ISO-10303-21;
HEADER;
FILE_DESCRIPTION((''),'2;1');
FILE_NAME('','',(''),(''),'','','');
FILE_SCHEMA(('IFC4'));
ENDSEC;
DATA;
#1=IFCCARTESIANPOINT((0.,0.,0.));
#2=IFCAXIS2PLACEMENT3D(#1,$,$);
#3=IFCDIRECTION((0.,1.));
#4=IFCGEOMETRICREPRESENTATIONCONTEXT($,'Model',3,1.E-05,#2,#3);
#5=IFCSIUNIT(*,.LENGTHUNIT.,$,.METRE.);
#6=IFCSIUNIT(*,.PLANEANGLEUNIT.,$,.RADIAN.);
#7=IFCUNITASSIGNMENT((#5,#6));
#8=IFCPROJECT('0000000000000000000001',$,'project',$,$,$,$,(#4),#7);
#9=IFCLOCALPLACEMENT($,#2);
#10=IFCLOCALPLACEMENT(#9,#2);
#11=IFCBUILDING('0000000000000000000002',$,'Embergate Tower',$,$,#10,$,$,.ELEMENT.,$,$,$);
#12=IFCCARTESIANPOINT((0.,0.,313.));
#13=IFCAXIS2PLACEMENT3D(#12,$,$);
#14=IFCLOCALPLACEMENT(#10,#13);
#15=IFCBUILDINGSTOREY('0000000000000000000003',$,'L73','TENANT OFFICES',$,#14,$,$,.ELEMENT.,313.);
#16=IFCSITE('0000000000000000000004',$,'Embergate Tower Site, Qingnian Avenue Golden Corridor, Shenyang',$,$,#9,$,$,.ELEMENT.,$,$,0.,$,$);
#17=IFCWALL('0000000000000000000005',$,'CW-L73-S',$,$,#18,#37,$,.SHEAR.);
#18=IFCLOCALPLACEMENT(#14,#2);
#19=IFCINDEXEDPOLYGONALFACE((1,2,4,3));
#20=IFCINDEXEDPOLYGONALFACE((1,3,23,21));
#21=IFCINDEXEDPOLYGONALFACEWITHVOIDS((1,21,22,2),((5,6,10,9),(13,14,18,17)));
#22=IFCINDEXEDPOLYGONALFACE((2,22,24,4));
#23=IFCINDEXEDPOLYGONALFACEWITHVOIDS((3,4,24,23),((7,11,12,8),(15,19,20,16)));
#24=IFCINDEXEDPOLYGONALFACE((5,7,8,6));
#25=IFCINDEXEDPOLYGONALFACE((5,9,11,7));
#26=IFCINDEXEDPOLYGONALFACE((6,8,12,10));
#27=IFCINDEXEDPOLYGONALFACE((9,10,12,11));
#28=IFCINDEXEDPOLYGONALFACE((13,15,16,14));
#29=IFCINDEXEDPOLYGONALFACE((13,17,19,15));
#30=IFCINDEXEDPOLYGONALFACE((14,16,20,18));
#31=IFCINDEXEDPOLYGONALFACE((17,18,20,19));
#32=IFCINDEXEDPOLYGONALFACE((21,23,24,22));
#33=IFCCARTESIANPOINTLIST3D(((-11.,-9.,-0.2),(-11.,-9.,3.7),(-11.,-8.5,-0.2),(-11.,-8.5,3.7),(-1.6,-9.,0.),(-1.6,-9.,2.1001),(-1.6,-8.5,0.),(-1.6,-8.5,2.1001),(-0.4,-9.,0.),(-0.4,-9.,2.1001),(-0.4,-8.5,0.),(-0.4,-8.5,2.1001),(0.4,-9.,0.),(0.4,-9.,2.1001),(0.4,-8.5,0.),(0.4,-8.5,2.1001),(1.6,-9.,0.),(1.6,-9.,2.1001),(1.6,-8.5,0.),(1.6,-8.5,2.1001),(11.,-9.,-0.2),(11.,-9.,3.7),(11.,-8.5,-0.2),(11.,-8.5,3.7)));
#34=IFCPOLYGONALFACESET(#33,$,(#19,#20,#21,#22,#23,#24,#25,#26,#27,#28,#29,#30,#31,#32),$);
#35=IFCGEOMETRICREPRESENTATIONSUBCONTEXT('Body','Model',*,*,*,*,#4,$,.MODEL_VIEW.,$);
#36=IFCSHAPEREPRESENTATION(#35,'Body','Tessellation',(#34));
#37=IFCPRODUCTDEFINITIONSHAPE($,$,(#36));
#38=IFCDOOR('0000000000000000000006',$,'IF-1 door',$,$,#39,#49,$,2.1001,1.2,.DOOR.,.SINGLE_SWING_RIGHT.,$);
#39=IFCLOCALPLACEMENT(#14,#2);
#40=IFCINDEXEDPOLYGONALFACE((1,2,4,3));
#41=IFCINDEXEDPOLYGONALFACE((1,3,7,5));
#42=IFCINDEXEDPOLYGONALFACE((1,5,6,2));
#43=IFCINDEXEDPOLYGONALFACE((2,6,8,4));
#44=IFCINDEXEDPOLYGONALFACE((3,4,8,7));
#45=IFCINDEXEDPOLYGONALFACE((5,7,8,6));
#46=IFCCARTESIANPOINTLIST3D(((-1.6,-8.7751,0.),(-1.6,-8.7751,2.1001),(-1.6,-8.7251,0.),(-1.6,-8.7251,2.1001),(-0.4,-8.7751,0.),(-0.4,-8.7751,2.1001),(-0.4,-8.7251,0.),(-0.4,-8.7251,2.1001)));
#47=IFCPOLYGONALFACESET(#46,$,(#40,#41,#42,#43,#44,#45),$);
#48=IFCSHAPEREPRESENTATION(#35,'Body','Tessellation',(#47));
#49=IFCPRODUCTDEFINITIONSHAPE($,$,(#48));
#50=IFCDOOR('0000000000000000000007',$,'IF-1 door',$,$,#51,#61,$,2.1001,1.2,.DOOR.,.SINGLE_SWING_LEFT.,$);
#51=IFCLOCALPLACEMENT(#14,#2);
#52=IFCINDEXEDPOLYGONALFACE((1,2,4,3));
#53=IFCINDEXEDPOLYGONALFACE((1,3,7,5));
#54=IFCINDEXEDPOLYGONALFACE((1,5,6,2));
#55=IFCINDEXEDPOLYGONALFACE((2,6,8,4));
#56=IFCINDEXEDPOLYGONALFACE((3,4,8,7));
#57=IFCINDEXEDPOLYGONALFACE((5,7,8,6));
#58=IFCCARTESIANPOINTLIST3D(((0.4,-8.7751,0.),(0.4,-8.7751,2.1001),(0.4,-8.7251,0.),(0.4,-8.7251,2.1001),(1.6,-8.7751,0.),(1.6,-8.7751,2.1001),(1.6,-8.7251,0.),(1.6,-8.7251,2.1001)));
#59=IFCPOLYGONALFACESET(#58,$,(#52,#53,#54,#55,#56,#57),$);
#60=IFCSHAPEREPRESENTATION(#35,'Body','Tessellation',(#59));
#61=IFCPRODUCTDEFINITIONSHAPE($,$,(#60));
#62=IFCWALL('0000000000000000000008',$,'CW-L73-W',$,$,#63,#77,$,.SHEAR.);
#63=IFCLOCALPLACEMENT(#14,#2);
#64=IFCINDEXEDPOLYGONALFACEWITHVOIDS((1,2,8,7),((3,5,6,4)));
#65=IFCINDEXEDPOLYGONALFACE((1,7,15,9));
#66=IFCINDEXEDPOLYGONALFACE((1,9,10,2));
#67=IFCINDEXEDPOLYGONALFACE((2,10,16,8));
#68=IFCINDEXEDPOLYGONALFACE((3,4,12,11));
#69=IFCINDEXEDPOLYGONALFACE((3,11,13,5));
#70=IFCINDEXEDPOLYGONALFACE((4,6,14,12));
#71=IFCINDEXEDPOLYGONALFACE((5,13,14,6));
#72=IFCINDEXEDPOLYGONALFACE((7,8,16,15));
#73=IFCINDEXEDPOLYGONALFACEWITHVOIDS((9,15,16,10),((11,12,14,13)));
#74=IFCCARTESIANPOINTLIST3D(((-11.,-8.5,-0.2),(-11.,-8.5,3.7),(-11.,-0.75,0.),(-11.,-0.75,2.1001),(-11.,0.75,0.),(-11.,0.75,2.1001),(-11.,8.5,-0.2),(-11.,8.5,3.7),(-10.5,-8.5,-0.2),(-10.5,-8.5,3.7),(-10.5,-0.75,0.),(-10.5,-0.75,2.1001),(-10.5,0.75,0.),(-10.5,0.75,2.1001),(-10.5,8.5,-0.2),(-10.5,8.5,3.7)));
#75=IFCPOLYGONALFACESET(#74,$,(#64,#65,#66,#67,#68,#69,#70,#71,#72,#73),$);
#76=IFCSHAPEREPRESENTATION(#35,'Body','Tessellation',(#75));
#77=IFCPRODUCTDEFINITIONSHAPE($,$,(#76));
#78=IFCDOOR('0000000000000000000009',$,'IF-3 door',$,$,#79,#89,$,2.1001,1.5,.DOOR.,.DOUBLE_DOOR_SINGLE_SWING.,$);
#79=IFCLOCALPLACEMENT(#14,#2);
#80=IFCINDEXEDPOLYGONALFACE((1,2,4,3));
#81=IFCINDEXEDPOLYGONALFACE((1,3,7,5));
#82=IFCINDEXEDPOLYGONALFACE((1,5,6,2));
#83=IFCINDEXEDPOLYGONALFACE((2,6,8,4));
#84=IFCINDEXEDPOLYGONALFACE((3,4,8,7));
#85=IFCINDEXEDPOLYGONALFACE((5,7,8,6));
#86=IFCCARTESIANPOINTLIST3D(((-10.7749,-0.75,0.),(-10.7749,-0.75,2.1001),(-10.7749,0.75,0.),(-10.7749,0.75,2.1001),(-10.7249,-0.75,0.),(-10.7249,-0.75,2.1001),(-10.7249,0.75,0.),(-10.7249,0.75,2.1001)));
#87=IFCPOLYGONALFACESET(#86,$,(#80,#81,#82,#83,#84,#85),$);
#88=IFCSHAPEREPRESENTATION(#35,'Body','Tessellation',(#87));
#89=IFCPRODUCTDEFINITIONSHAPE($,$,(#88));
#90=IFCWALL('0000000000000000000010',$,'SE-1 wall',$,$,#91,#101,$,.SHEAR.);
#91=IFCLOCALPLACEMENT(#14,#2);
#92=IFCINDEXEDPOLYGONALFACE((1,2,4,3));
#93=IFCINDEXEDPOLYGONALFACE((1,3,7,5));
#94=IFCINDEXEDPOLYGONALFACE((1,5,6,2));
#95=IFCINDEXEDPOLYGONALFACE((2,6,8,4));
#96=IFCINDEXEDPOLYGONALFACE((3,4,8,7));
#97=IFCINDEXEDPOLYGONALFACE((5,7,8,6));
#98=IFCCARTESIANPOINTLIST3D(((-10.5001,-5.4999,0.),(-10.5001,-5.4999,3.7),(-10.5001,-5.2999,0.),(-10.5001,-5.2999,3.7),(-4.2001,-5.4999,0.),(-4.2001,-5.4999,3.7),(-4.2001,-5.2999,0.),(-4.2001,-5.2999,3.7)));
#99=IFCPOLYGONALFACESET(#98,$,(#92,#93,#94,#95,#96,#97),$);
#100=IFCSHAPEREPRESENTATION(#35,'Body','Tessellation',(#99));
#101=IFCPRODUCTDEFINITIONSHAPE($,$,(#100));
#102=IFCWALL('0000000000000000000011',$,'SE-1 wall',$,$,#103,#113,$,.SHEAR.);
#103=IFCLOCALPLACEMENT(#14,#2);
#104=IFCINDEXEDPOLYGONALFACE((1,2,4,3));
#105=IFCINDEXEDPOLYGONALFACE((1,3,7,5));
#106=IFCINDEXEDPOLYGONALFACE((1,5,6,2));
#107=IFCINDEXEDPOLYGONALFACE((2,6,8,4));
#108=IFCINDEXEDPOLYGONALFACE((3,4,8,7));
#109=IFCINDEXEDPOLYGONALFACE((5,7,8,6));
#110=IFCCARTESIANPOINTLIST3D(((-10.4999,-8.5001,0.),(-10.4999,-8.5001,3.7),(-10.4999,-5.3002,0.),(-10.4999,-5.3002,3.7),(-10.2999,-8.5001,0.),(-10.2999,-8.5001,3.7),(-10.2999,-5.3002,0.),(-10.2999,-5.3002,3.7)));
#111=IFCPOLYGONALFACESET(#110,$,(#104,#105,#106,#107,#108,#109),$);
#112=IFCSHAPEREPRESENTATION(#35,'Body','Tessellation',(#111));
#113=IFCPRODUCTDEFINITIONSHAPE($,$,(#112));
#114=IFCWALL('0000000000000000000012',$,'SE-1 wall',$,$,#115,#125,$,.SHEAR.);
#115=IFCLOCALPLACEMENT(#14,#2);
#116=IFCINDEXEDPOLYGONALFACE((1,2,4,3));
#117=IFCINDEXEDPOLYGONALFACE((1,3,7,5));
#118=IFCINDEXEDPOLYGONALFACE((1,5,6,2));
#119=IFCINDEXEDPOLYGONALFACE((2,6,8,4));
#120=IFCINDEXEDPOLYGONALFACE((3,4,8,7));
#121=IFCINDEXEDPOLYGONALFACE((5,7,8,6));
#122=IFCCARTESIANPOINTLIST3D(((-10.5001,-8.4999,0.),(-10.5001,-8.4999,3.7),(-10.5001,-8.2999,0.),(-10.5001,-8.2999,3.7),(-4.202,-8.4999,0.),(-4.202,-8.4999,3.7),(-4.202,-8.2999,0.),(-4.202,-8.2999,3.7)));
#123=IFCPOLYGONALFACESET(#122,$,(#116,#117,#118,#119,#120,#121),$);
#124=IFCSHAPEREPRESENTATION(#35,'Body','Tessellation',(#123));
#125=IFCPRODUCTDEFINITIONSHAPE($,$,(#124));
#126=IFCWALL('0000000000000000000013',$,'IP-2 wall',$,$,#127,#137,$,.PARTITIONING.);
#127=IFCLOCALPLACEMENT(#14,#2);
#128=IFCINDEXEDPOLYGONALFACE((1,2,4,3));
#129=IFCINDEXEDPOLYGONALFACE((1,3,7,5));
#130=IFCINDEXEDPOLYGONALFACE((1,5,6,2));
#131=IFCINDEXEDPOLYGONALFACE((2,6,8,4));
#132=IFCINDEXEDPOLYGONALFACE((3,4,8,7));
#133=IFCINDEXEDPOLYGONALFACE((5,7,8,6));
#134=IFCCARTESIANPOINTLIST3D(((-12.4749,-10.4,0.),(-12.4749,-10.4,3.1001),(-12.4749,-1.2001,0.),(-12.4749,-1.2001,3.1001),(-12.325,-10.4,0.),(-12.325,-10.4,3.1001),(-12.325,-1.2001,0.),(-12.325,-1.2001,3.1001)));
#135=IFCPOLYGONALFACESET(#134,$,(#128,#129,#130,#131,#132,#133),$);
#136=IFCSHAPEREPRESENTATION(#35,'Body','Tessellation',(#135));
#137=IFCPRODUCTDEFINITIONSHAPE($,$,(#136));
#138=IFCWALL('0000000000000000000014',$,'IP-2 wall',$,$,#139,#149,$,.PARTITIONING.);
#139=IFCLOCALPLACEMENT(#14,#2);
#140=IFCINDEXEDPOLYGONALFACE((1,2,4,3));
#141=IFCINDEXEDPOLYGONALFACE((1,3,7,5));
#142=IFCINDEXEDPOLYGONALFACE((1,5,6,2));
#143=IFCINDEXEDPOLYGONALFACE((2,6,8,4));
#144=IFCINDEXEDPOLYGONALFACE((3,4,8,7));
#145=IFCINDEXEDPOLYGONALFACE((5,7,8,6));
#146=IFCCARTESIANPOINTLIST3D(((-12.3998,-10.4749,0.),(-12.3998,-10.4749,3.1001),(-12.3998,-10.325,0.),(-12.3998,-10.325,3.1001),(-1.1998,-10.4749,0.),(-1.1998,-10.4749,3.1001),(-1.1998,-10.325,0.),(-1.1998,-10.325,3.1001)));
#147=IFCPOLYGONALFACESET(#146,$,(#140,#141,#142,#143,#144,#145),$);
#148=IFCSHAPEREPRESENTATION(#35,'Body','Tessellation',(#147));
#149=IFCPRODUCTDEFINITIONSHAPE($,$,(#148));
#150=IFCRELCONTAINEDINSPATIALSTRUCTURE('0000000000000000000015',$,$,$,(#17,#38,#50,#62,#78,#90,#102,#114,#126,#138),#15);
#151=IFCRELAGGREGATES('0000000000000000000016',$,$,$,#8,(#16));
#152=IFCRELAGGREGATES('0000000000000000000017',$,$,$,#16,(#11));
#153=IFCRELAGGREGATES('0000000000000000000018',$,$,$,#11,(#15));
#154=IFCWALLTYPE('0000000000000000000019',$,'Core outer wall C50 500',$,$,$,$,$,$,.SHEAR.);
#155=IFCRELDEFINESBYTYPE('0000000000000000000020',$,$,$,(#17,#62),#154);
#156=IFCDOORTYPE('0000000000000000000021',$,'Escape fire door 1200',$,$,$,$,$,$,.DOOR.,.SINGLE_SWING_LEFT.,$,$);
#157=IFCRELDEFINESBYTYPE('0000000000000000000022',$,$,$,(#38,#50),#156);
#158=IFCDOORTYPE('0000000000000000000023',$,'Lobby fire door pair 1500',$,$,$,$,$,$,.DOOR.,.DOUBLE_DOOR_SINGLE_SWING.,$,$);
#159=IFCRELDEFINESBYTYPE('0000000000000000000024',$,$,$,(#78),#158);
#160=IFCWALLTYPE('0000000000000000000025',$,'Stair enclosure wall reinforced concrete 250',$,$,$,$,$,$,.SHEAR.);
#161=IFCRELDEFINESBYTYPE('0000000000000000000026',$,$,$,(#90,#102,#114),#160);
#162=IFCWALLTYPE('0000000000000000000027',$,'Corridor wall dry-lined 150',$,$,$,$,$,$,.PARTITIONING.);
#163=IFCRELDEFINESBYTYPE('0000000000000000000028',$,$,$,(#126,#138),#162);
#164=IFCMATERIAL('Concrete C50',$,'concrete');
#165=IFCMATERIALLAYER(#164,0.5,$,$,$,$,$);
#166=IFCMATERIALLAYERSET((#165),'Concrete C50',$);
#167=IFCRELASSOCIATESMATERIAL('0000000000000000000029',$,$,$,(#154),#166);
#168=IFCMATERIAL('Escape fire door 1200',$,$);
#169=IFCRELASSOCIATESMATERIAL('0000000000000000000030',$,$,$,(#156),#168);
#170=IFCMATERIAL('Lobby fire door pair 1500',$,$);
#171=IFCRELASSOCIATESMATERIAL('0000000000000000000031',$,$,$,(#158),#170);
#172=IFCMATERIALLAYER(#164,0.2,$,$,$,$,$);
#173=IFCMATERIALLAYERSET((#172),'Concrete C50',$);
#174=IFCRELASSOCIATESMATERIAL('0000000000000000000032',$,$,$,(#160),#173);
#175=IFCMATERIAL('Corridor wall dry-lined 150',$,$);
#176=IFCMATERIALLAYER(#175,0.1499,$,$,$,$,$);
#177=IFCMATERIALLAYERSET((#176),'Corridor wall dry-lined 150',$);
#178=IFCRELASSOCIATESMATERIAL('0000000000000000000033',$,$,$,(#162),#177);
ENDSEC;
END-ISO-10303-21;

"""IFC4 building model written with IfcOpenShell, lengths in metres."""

from ifc_helpers import new_model, si_unit, direction, frame, frame_2d, origin, place, context, subcontext, project, spatial, rectangle, extrude, source, transform, mapped, material, layer, layer_set, type_object, element, fill, save


model = new_model("IFC4")

# Units and contexts
model_context = context("Model", 3, precision=1e-05, world=origin(), true_north=direction((0.0, 1.0)))
body_context = subcontext(model_context, "Body", "Model", "MODEL_VIEW")
ifc_project = project(units=[si_unit("LENGTHUNIT", "METRE"), si_unit("PLANEANGLEUNIT", "RADIAN")], contexts=[model_context])

# Site, building, storey
site_placement = place(None, origin())
site = spatial("IfcSite", under=ifc_project, at=site_placement, Name="Embergate Tower Site, Qingnian Avenue Golden Corridor, Shenyang", CompositionType="ELEMENT", RefElevation=0.0)
building_placement = place(site_placement, origin())
building = spatial("IfcBuilding", under=site, at=building_placement, Name="Embergate Tower", CompositionType="ELEMENT")
storey_placement = place(building_placement, frame((0.0, 0.0, 313.0)))
storey = spatial("IfcBuildingStorey", under=building, at=storey_placement, Name="L73", Description="TENANT OFFICES", CompositionType="ELEMENT", Elevation=313.0)

# Wall, openings, doors
ifc_material_1 = material(Name="Concrete C50", Category="concrete")
ifc_layer_1 = layer(ifc_material_1, 0.5)
ifc_layer_set_1 = layer_set([ifc_layer_1], Name="Concrete C50")
wall_type_1 = type_object("IfcWallType", Name="Core outer wall C50 500", PredefinedType="SHEAR", material=ifc_layer_set_1)
shared_shape_1 = source(origin(), body_context, "Body", "SweptSolid", [
    extrude(rectangle(XDim=22.0, YDim=0.5, at=frame_2d((11.0, 0.0))), origin(), (0.0, 0.0, 1.0), 3.8999),
])
wall_1_placement = place(storey_placement, frame((-11.0, -8.75, -0.2), z_axis=(0.0, 0.0, 1.0), x_axis=(1.0, 0.0, 0.0)))
wall_1 = element("IfcWall", 1, at=wall_1_placement, inside=storey, type_object=wall_type_1, Name="CW-L73-S", PredefinedType="SHEAR", context=body_context, shape_type="MappedRepresentation", body=[
    mapped(shared_shape_1, transform((0.0, 0.0, 0.0))),
])
shared_shape_2 = source(origin(), body_context, "Body", "SweptSolid", [
    extrude(rectangle(XDim=1.2, YDim=2.1001, at=frame_2d((0.6001, 1.05))), frame((0.0, 0.26, 0.0), z_axis=(0.0, -1.0, 0.0), x_axis=(1.0, 0.0, 0.0)), (0.0, 0.0, 1.0), 0.52),
])
opening_1_placement = place(wall_1_placement, frame((9.3999, 0.0, 0.2)))
opening_1 = element("IfcOpeningElement", 2, at=opening_1_placement, cuts=wall_1, PredefinedType="OPENING", context=body_context, shape_type="MappedRepresentation", body=[
    mapped(shared_shape_2, transform((0.0, 0.0, 0.0))),
])
opening_2_placement = place(wall_1_placement, frame((11.3999, 0.0, 0.2)))
opening_2 = element("IfcOpeningElement", 3, at=opening_2_placement, cuts=wall_1, PredefinedType="OPENING", context=body_context, shape_type="MappedRepresentation", body=[
    mapped(shared_shape_2, transform((0.0, 0.0, 0.0))),
])
ifc_material_2 = material(Name="Escape fire door 1200")
door_type_1 = type_object("IfcDoorType", Name="Escape fire door 1200", OperationType="SINGLE_SWING_LEFT", PredefinedType="DOOR", material=ifc_material_2)
shared_shape_3 = source(origin(), body_context, "Body", "SweptSolid", [
    extrude(rectangle(XDim=1.2, YDim=2.1001, at=frame_2d((0.6001, 1.05))), frame((0.0, 0.0249, 0.0), z_axis=(0.0, -1.0, 0.0), x_axis=(1.0, 0.0, 0.0)), (0.0, 0.0, 1.0), 0.05),
])
door_1_placement = place(opening_1_placement, origin())
door_1 = element("IfcDoor", 4, at=door_1_placement, inside=storey, type_object=door_type_1, Name="IF-1 door", OperationType="SINGLE_SWING_RIGHT", OverallHeight=2.1001, OverallWidth=1.2, PredefinedType="DOOR", context=body_context, shape_type="MappedRepresentation", body=[
    mapped(shared_shape_3, transform((0.0, 0.0, 0.0))),
])
fill(opening_1, door_1)
door_2_placement = place(opening_2_placement, origin())
door_2 = element("IfcDoor", 5, at=door_2_placement, inside=storey, type_object=door_type_1, Name="IF-1 door", OperationType="SINGLE_SWING_LEFT", OverallHeight=2.1001, OverallWidth=1.2, PredefinedType="DOOR", context=body_context, shape_type="MappedRepresentation", body=[
    mapped(shared_shape_3, transform((0.0, 0.0, 0.0))),
])
fill(opening_2, door_2)

# Wall, opening, door
shared_shape_4 = source(origin(), body_context, "Body", "SweptSolid", [
    extrude(rectangle(XDim=17.0, YDim=0.5, at=frame_2d((8.5, 0.0))), origin(), (0.0, 0.0, 1.0), 3.8999),
])
wall_2_placement = place(storey_placement, frame((-10.75, -8.5, -0.2), z_axis=(0.0, 0.0, 1.0), x_axis=(0.0, 1.0, 0.0)))
wall_2 = element("IfcWall", 6, at=wall_2_placement, inside=storey, type_object=wall_type_1, Name="CW-L73-W", PredefinedType="SHEAR", context=body_context, shape_type="MappedRepresentation", body=[
    mapped(shared_shape_4, transform((0.0, 0.0, 0.0))),
])
shared_shape_5 = source(origin(), body_context, "Body", "SweptSolid", [
    extrude(rectangle(XDim=1.5, YDim=2.1001, at=frame_2d((0.75, 1.05))), frame((0.0, 0.26, 0.0), z_axis=(0.0, -1.0, 0.0), x_axis=(1.0, 0.0, 0.0)), (0.0, 0.0, 1.0), 0.52),
])
opening_3_placement = place(wall_2_placement, frame((7.75, 0.0, 0.2)))
opening_3 = element("IfcOpeningElement", 7, at=opening_3_placement, cuts=wall_2, PredefinedType="OPENING", context=body_context, shape_type="MappedRepresentation", body=[
    mapped(shared_shape_5, transform((0.0, 0.0, 0.0))),
])
ifc_material_3 = material(Name="Lobby fire door pair 1500")
door_type_2 = type_object("IfcDoorType", Name="Lobby fire door pair 1500", OperationType="DOUBLE_DOOR_SINGLE_SWING", PredefinedType="DOOR", material=ifc_material_3)
shared_shape_6 = source(origin(), body_context, "Body", "SweptSolid", [
    extrude(rectangle(XDim=1.5, YDim=2.1001, at=frame_2d((0.75, 1.05))), frame((0.0, 0.0249, 0.0), z_axis=(0.0, -1.0, 0.0), x_axis=(1.0, 0.0, 0.0)), (0.0, 0.0, 1.0), 0.05),
])
door_3_placement = place(opening_3_placement, origin())
door_3 = element("IfcDoor", 8, at=door_3_placement, inside=storey, type_object=door_type_2, Name="IF-3 door", OperationType="DOUBLE_DOOR_SINGLE_SWING", OverallHeight=2.1001, OverallWidth=1.5, PredefinedType="DOOR", context=body_context, shape_type="MappedRepresentation", body=[
    mapped(shared_shape_6, transform((0.0, 0.0, 0.0))),
])
fill(opening_3, door_3)

# Walls
ifc_layer_2 = layer(ifc_material_1, 0.2)
ifc_layer_set_2 = layer_set([ifc_layer_2], Name="Concrete C50")
wall_type_2 = type_object("IfcWallType", Name="Stair enclosure wall reinforced concrete 250", PredefinedType="SHEAR", material=ifc_layer_set_2)
shared_shape_7 = source(origin(), body_context, "Body", "SweptSolid", [
    extrude(rectangle(XDim=6.3, YDim=0.2, at=frame_2d((3.1499, 0.0))), origin(), (0.0, 0.0, 1.0), 3.7),
])
wall_3_placement = place(storey_placement, frame((-10.5, -5.3999, 0.0), z_axis=(0.0, 0.0, 1.0), x_axis=(1.0, 0.0, 0.0)))
element("IfcWall", 9, at=wall_3_placement, inside=storey, type_object=wall_type_2, Name="SE-1 wall", PredefinedType="SHEAR", context=body_context, shape_type="MappedRepresentation", body=[
    mapped(shared_shape_7, transform((0.0, 0.0, 0.0))),
])
shared_shape_8 = source(origin(), body_context, "Body", "SweptSolid", [
    extrude(rectangle(XDim=3.2, YDim=0.2, at=frame_2d((1.6001, 0.0))), origin(), (0.0, 0.0, 1.0), 3.7),
])
wall_4_placement = place(storey_placement, frame((-10.3999, -5.3, 0.0), z_axis=(0.0, 0.0, 1.0), x_axis=(0.0, -1.0, 0.0)))
element("IfcWall", 10, at=wall_4_placement, inside=storey, type_object=wall_type_2, Name="SE-1 wall", PredefinedType="SHEAR", context=body_context, shape_type="MappedRepresentation", body=[
    mapped(shared_shape_8, transform((0.0, 0.0, 0.0))),
])
shared_shape_9 = source(origin(), body_context, "Body", "SweptSolid", [
    extrude(rectangle(XDim=6.2981, YDim=0.2, at=frame_2d((3.1489, 0.0))), origin(), (0.0, 0.0, 1.0), 3.7),
])
wall_5_placement = place(storey_placement, frame((-10.5, -8.3999, 0.0), z_axis=(0.0, 0.0, 1.0), x_axis=(1.0, 0.0, 0.0)))
element("IfcWall", 11, at=wall_5_placement, inside=storey, type_object=wall_type_2, Name="SE-1 wall", PredefinedType="SHEAR", context=body_context, shape_type="MappedRepresentation", body=[
    mapped(shared_shape_9, transform((0.0, 0.0, 0.0))),
])
ifc_material_4 = material(Name="Corridor wall dry-lined 150")
ifc_layer_3 = layer(ifc_material_4, 0.1499)
ifc_layer_set_3 = layer_set([ifc_layer_3], Name="Corridor wall dry-lined 150")
wall_type_3 = type_object("IfcWallType", Name="Corridor wall dry-lined 150", PredefinedType="PARTITIONING", material=ifc_layer_set_3)
shared_shape_10 = source(origin(), body_context, "Body", "SweptSolid", [
    extrude(rectangle(XDim=9.2, YDim=0.1499, at=frame_2d((4.6001, 0.0))), origin(), (0.0, 0.0, 1.0), 3.1001),
])
wall_6_placement = place(storey_placement, frame((-12.3999, -1.2, 0.0), z_axis=(0.0, 0.0, 1.0), x_axis=(0.0, -1.0, 0.0)))
element("IfcWall", 12, at=wall_6_placement, inside=storey, type_object=wall_type_3, Name="IP-2 wall", PredefinedType="PARTITIONING", context=body_context, shape_type="MappedRepresentation", body=[
    mapped(shared_shape_10, transform((0.0, 0.0, 0.0))),
])
shared_shape_11 = source(origin(), body_context, "Body", "SweptSolid", [
    extrude(rectangle(XDim=11.2, YDim=0.1499, at=frame_2d((5.6001, 0.0))), origin(), (0.0, 0.0, 1.0), 3.1001),
])
wall_7_placement = place(storey_placement, frame((-12.3999, -10.3999, 0.0), z_axis=(0.0, 0.0, 1.0), x_axis=(1.0, 0.0, 0.0)))
element("IfcWall", 13, at=wall_7_placement, inside=storey, type_object=wall_type_3, Name="IP-2 wall", PredefinedType="PARTITIONING", context=body_context, shape_type="MappedRepresentation", body=[
    mapped(shared_shape_11, transform((0.0, 0.0, 0.0))),
])

save(model, "model.ifc")
